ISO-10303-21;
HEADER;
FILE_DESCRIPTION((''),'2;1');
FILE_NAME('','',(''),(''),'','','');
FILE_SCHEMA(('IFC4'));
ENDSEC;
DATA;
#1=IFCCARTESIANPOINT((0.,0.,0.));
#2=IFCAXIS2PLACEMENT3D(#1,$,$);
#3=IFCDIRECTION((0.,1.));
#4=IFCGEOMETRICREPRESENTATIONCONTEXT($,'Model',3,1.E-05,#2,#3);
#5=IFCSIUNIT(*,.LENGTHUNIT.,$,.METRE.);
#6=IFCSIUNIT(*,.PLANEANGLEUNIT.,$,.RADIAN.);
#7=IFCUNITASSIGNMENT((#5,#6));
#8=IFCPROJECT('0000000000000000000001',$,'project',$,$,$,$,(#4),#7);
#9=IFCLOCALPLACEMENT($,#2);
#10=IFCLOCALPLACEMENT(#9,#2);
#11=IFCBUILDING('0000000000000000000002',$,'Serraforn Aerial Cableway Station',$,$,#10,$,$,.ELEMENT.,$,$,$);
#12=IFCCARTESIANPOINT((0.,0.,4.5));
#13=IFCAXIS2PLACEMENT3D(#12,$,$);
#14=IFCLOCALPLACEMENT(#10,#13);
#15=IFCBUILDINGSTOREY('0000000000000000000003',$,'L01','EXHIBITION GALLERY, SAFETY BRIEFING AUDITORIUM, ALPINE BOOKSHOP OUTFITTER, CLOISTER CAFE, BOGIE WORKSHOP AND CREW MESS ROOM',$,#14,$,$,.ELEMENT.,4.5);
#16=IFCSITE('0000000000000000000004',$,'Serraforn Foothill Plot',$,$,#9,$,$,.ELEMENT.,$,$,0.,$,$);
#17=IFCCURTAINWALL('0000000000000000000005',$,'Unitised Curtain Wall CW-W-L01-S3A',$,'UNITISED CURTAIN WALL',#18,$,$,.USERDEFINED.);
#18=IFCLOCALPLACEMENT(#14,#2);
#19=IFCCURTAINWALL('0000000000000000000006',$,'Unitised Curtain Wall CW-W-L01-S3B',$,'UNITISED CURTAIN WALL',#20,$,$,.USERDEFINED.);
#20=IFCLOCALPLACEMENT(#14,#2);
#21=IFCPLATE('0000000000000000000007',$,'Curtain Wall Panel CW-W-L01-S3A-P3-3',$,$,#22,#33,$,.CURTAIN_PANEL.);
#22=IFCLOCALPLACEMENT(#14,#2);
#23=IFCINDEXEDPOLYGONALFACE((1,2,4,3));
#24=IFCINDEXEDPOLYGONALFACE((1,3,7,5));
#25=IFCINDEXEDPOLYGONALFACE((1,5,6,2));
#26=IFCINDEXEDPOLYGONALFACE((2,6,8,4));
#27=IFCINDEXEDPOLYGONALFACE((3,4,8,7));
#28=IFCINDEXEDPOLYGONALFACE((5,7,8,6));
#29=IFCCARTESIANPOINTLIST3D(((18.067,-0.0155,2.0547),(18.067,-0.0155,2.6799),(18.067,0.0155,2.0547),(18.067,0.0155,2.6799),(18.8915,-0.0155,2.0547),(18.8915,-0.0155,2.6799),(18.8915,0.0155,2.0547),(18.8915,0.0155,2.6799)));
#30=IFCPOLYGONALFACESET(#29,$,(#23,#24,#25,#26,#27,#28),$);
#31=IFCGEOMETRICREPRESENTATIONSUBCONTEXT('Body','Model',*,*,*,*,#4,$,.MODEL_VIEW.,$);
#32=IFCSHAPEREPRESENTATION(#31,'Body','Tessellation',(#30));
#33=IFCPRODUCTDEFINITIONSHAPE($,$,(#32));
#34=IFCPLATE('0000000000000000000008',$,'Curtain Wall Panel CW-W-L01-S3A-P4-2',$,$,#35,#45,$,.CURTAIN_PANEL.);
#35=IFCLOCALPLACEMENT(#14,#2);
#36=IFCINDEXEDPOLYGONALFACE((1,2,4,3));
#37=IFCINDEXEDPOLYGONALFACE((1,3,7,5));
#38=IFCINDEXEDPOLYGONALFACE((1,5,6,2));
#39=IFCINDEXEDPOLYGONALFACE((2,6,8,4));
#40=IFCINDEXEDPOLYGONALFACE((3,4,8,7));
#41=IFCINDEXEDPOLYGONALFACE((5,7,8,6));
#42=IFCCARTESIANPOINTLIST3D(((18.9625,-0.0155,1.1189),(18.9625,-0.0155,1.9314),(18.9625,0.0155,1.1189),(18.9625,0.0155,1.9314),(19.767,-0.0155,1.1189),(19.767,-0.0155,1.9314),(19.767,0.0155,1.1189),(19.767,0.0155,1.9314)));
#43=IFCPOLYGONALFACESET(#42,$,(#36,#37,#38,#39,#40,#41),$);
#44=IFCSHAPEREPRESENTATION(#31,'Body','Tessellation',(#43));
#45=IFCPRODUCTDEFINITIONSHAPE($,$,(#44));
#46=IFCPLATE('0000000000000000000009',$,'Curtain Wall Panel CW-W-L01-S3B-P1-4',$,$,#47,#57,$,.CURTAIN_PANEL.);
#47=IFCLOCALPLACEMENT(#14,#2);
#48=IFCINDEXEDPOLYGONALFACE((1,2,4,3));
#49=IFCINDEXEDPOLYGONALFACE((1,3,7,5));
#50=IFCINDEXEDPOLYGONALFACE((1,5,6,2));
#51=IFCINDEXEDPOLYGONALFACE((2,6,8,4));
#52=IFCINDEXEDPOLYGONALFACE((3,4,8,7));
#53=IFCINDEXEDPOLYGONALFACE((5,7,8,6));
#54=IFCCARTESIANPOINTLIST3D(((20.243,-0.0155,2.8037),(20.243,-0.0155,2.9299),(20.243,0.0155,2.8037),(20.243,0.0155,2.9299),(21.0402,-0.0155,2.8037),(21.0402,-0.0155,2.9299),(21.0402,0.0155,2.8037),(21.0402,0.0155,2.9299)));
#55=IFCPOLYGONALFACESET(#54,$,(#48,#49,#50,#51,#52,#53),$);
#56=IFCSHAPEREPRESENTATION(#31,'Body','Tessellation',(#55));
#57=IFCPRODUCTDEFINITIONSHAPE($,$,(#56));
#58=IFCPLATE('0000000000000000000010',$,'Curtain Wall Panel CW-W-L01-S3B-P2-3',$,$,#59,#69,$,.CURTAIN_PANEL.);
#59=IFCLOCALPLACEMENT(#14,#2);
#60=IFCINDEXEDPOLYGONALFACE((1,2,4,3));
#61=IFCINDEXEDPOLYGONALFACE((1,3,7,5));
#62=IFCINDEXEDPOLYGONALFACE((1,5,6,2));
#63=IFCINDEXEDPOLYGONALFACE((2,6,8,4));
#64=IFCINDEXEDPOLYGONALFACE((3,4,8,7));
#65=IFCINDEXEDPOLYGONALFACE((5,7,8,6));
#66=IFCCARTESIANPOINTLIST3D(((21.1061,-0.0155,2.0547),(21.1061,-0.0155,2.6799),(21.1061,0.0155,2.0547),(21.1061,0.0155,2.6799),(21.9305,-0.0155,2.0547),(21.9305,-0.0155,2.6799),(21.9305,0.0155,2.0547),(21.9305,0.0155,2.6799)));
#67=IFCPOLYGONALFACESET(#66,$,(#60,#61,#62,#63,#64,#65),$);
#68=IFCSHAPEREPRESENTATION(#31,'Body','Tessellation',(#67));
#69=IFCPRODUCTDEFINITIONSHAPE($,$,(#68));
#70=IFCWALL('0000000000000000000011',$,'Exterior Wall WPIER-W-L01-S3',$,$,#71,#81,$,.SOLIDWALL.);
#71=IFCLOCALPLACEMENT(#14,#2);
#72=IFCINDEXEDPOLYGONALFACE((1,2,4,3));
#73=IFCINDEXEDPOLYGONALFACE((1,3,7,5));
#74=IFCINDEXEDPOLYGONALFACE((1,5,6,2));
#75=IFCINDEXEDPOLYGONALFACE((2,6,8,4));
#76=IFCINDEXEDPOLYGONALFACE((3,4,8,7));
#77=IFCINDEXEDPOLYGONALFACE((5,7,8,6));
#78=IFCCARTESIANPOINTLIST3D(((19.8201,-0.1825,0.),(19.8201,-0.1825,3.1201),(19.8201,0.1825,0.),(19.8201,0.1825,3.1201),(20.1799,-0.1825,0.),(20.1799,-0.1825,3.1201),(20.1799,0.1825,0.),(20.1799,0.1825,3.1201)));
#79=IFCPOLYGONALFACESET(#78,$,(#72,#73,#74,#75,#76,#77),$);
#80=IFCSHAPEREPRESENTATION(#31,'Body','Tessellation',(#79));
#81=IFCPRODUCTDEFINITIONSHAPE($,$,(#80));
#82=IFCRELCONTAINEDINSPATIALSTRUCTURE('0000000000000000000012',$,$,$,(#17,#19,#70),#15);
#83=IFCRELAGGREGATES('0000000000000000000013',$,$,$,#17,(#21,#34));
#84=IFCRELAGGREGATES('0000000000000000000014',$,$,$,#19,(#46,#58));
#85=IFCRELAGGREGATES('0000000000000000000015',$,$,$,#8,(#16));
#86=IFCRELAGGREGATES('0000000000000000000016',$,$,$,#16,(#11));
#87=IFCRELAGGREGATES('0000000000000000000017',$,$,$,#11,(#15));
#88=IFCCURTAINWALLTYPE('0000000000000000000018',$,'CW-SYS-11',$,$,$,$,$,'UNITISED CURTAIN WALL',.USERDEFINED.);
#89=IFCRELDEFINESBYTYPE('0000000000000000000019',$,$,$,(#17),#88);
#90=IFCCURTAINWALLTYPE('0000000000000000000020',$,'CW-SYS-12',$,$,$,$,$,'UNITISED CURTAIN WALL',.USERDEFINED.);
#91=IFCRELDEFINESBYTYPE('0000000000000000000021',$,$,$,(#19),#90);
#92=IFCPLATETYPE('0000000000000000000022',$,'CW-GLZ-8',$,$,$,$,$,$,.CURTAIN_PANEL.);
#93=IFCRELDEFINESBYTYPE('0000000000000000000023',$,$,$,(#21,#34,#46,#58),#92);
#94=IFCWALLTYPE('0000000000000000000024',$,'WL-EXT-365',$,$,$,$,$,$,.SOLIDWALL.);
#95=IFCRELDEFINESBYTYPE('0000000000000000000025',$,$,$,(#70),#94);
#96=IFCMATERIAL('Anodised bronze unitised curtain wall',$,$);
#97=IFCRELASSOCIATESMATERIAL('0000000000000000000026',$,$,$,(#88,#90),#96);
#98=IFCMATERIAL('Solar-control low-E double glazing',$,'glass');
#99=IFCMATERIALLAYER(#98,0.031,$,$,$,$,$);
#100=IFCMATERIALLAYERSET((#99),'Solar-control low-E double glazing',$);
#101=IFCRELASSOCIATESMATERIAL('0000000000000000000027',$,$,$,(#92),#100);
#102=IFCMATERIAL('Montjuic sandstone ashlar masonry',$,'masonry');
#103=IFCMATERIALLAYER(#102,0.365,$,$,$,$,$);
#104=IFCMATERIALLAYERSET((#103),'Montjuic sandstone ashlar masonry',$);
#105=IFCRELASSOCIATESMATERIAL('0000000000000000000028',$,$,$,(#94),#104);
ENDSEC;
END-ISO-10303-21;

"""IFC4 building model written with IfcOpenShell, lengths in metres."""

from ifc_helpers import new_model, si_unit, direction, frame, frame_2d, origin, origin_2d, place, context, subcontext, project, spatial, rectangle, extrude, material, layer, layer_set, type_object, element, aggregate, save


model = new_model("IFC4")

# Units and contexts
model_context = context("Model", 3, precision=1e-05, world=origin(), true_north=direction((0.0, 1.0)))
body_context = subcontext(model_context, "Body", "Model", "MODEL_VIEW")
ifc_project = project(units=[si_unit("LENGTHUNIT", "METRE"), si_unit("PLANEANGLEUNIT", "RADIAN")], contexts=[model_context])

# Site, building, storey
site_placement = place(None, origin())
site = spatial("IfcSite", under=ifc_project, at=site_placement, Name="Serraforn Foothill Plot", CompositionType="ELEMENT", RefElevation=0.0)
building_placement = place(site_placement, origin())
building = spatial("IfcBuilding", under=site, at=building_placement, Name="Serraforn Aerial Cableway Station", CompositionType="ELEMENT")
storey_placement = place(building_placement, frame((0.0, 0.0, 4.5)))
storey = spatial("IfcBuildingStorey", under=building, at=storey_placement, Name="L01", Description="EXHIBITION GALLERY, SAFETY BRIEFING AUDITORIUM, ALPINE BOOKSHOP OUTFITTER, CLOISTER CAFE, BOGIE WORKSHOP AND CREW MESS ROOM", CompositionType="ELEMENT", Elevation=4.5)

# Curtain wall
ifc_material_1 = material(Name="Anodised bronze unitised curtain wall")
curtain_wall_type_1 = type_object("IfcCurtainWallType", Name="CW-SYS-11", ElementType="UNITISED CURTAIN WALL", PredefinedType="USERDEFINED", material=ifc_material_1)
curtain_wall_1_placement = place(storey_placement, origin())
curtain_wall_1 = element("IfcCurtainWall", 1, at=curtain_wall_1_placement, inside=storey, type_object=curtain_wall_type_1, Name="Unitised Curtain Wall CW-W-L01-S3A", ObjectType="UNITISED CURTAIN WALL", PredefinedType="USERDEFINED")

# Curtain wall
curtain_wall_type_2 = type_object("IfcCurtainWallType", Name="CW-SYS-12", ElementType="UNITISED CURTAIN WALL", PredefinedType="USERDEFINED", material=ifc_material_1)
curtain_wall_2_placement = place(storey_placement, origin())
curtain_wall_2 = element("IfcCurtainWall", 2, at=curtain_wall_2_placement, inside=storey, type_object=curtain_wall_type_2, Name="Unitised Curtain Wall CW-W-L01-S3B", ObjectType="UNITISED CURTAIN WALL", PredefinedType="USERDEFINED")

# Plates
ifc_material_2 = material(Name="Solar-control low-E double glazing", Category="glass")
ifc_layer_1 = layer(ifc_material_2, 0.031)
ifc_layer_set_1 = layer_set([ifc_layer_1], Name="Solar-control low-E double glazing")
plate_type_1 = type_object("IfcPlateType", Name="CW-GLZ-8", PredefinedType="CURTAIN_PANEL", material=ifc_layer_set_1)
plate_1_placement = place(storey_placement, frame((18.4792, 0.0, 2.0547), z_axis=(0.0, 0.0, 1.0), x_axis=(1.0, 0.0, 0.0)))
plate_1 = element("IfcPlate", 3, at=plate_1_placement, type_object=plate_type_1, Name="Curtain Wall Panel CW-W-L01-S3A-P3-3", PredefinedType="CURTAIN_PANEL", context=body_context, shape_type="SweptSolid", body=[
    extrude(rectangle(XDim=0.8245, YDim=0.031, at=origin_2d()), origin(), (0.0, 0.0, 1.0), 0.6252),
])
plate_2_placement = place(storey_placement, frame((19.3647, 0.0, 1.1189), z_axis=(0.0, 0.0, 1.0), x_axis=(1.0, 0.0, 0.0)))
plate_2 = element("IfcPlate", 4, at=plate_2_placement, type_object=plate_type_1, Name="Curtain Wall Panel CW-W-L01-S3A-P4-2", PredefinedType="CURTAIN_PANEL", context=body_context, shape_type="SweptSolid", body=[
    extrude(rectangle(XDim=0.8044, YDim=0.031, at=origin_2d()), origin(), (0.0, 0.0, 1.0), 0.8125),
])
aggregate(curtain_wall_1, [plate_1, plate_2])
plate_3_placement = place(storey_placement, frame((20.6416, 0.0, 2.8037), z_axis=(0.0, 0.0, 1.0), x_axis=(1.0, 0.0, 0.0)))
plate_3 = element("IfcPlate", 5, at=plate_3_placement, type_object=plate_type_1, Name="Curtain Wall Panel CW-W-L01-S3B-P1-4", PredefinedType="CURTAIN_PANEL", context=body_context, shape_type="SweptSolid", body=[
    extrude(rectangle(XDim=0.7971, YDim=0.031, at=origin_2d()), origin(), (0.0, 0.0, 1.0), 0.1262),
])
plate_4_placement = place(storey_placement, frame((21.5183, 0.0, 2.0547), z_axis=(0.0, 0.0, 1.0), x_axis=(1.0, 0.0, 0.0)))
plate_4 = element("IfcPlate", 6, at=plate_4_placement, type_object=plate_type_1, Name="Curtain Wall Panel CW-W-L01-S3B-P2-3", PredefinedType="CURTAIN_PANEL", context=body_context, shape_type="SweptSolid", body=[
    extrude(rectangle(XDim=0.8245, YDim=0.031, at=origin_2d()), origin(), (0.0, 0.0, 1.0), 0.6252),
])
aggregate(curtain_wall_2, [plate_3, plate_4])

# Wall
ifc_material_3 = material(Name="Montjuic sandstone ashlar masonry", Category="masonry")
ifc_layer_2 = layer(ifc_material_3, 0.365)
ifc_layer_set_2 = layer_set([ifc_layer_2], Name="Montjuic sandstone ashlar masonry")
wall_type = type_object("IfcWallType", Name="WL-EXT-365", PredefinedType="SOLIDWALL", material=ifc_layer_set_2)
wall_placement = place(storey_placement, frame((19.8201, 0.0, 0.0), z_axis=(0.0, 0.0, 1.0), x_axis=(1.0, 0.0, 0.0)))
element("IfcWall", 7, at=wall_placement, inside=storey, type_object=wall_type, Name="Exterior Wall WPIER-W-L01-S3", PredefinedType="SOLIDWALL", context=body_context, shape_type="SweptSolid", body=[
    extrude(rectangle(XDim=0.3599, YDim=0.365, at=frame_2d((0.1799, 0.0))), origin(), (0.0, 0.0, 1.0), 3.1201),
])

save(model, "model.ifc")
